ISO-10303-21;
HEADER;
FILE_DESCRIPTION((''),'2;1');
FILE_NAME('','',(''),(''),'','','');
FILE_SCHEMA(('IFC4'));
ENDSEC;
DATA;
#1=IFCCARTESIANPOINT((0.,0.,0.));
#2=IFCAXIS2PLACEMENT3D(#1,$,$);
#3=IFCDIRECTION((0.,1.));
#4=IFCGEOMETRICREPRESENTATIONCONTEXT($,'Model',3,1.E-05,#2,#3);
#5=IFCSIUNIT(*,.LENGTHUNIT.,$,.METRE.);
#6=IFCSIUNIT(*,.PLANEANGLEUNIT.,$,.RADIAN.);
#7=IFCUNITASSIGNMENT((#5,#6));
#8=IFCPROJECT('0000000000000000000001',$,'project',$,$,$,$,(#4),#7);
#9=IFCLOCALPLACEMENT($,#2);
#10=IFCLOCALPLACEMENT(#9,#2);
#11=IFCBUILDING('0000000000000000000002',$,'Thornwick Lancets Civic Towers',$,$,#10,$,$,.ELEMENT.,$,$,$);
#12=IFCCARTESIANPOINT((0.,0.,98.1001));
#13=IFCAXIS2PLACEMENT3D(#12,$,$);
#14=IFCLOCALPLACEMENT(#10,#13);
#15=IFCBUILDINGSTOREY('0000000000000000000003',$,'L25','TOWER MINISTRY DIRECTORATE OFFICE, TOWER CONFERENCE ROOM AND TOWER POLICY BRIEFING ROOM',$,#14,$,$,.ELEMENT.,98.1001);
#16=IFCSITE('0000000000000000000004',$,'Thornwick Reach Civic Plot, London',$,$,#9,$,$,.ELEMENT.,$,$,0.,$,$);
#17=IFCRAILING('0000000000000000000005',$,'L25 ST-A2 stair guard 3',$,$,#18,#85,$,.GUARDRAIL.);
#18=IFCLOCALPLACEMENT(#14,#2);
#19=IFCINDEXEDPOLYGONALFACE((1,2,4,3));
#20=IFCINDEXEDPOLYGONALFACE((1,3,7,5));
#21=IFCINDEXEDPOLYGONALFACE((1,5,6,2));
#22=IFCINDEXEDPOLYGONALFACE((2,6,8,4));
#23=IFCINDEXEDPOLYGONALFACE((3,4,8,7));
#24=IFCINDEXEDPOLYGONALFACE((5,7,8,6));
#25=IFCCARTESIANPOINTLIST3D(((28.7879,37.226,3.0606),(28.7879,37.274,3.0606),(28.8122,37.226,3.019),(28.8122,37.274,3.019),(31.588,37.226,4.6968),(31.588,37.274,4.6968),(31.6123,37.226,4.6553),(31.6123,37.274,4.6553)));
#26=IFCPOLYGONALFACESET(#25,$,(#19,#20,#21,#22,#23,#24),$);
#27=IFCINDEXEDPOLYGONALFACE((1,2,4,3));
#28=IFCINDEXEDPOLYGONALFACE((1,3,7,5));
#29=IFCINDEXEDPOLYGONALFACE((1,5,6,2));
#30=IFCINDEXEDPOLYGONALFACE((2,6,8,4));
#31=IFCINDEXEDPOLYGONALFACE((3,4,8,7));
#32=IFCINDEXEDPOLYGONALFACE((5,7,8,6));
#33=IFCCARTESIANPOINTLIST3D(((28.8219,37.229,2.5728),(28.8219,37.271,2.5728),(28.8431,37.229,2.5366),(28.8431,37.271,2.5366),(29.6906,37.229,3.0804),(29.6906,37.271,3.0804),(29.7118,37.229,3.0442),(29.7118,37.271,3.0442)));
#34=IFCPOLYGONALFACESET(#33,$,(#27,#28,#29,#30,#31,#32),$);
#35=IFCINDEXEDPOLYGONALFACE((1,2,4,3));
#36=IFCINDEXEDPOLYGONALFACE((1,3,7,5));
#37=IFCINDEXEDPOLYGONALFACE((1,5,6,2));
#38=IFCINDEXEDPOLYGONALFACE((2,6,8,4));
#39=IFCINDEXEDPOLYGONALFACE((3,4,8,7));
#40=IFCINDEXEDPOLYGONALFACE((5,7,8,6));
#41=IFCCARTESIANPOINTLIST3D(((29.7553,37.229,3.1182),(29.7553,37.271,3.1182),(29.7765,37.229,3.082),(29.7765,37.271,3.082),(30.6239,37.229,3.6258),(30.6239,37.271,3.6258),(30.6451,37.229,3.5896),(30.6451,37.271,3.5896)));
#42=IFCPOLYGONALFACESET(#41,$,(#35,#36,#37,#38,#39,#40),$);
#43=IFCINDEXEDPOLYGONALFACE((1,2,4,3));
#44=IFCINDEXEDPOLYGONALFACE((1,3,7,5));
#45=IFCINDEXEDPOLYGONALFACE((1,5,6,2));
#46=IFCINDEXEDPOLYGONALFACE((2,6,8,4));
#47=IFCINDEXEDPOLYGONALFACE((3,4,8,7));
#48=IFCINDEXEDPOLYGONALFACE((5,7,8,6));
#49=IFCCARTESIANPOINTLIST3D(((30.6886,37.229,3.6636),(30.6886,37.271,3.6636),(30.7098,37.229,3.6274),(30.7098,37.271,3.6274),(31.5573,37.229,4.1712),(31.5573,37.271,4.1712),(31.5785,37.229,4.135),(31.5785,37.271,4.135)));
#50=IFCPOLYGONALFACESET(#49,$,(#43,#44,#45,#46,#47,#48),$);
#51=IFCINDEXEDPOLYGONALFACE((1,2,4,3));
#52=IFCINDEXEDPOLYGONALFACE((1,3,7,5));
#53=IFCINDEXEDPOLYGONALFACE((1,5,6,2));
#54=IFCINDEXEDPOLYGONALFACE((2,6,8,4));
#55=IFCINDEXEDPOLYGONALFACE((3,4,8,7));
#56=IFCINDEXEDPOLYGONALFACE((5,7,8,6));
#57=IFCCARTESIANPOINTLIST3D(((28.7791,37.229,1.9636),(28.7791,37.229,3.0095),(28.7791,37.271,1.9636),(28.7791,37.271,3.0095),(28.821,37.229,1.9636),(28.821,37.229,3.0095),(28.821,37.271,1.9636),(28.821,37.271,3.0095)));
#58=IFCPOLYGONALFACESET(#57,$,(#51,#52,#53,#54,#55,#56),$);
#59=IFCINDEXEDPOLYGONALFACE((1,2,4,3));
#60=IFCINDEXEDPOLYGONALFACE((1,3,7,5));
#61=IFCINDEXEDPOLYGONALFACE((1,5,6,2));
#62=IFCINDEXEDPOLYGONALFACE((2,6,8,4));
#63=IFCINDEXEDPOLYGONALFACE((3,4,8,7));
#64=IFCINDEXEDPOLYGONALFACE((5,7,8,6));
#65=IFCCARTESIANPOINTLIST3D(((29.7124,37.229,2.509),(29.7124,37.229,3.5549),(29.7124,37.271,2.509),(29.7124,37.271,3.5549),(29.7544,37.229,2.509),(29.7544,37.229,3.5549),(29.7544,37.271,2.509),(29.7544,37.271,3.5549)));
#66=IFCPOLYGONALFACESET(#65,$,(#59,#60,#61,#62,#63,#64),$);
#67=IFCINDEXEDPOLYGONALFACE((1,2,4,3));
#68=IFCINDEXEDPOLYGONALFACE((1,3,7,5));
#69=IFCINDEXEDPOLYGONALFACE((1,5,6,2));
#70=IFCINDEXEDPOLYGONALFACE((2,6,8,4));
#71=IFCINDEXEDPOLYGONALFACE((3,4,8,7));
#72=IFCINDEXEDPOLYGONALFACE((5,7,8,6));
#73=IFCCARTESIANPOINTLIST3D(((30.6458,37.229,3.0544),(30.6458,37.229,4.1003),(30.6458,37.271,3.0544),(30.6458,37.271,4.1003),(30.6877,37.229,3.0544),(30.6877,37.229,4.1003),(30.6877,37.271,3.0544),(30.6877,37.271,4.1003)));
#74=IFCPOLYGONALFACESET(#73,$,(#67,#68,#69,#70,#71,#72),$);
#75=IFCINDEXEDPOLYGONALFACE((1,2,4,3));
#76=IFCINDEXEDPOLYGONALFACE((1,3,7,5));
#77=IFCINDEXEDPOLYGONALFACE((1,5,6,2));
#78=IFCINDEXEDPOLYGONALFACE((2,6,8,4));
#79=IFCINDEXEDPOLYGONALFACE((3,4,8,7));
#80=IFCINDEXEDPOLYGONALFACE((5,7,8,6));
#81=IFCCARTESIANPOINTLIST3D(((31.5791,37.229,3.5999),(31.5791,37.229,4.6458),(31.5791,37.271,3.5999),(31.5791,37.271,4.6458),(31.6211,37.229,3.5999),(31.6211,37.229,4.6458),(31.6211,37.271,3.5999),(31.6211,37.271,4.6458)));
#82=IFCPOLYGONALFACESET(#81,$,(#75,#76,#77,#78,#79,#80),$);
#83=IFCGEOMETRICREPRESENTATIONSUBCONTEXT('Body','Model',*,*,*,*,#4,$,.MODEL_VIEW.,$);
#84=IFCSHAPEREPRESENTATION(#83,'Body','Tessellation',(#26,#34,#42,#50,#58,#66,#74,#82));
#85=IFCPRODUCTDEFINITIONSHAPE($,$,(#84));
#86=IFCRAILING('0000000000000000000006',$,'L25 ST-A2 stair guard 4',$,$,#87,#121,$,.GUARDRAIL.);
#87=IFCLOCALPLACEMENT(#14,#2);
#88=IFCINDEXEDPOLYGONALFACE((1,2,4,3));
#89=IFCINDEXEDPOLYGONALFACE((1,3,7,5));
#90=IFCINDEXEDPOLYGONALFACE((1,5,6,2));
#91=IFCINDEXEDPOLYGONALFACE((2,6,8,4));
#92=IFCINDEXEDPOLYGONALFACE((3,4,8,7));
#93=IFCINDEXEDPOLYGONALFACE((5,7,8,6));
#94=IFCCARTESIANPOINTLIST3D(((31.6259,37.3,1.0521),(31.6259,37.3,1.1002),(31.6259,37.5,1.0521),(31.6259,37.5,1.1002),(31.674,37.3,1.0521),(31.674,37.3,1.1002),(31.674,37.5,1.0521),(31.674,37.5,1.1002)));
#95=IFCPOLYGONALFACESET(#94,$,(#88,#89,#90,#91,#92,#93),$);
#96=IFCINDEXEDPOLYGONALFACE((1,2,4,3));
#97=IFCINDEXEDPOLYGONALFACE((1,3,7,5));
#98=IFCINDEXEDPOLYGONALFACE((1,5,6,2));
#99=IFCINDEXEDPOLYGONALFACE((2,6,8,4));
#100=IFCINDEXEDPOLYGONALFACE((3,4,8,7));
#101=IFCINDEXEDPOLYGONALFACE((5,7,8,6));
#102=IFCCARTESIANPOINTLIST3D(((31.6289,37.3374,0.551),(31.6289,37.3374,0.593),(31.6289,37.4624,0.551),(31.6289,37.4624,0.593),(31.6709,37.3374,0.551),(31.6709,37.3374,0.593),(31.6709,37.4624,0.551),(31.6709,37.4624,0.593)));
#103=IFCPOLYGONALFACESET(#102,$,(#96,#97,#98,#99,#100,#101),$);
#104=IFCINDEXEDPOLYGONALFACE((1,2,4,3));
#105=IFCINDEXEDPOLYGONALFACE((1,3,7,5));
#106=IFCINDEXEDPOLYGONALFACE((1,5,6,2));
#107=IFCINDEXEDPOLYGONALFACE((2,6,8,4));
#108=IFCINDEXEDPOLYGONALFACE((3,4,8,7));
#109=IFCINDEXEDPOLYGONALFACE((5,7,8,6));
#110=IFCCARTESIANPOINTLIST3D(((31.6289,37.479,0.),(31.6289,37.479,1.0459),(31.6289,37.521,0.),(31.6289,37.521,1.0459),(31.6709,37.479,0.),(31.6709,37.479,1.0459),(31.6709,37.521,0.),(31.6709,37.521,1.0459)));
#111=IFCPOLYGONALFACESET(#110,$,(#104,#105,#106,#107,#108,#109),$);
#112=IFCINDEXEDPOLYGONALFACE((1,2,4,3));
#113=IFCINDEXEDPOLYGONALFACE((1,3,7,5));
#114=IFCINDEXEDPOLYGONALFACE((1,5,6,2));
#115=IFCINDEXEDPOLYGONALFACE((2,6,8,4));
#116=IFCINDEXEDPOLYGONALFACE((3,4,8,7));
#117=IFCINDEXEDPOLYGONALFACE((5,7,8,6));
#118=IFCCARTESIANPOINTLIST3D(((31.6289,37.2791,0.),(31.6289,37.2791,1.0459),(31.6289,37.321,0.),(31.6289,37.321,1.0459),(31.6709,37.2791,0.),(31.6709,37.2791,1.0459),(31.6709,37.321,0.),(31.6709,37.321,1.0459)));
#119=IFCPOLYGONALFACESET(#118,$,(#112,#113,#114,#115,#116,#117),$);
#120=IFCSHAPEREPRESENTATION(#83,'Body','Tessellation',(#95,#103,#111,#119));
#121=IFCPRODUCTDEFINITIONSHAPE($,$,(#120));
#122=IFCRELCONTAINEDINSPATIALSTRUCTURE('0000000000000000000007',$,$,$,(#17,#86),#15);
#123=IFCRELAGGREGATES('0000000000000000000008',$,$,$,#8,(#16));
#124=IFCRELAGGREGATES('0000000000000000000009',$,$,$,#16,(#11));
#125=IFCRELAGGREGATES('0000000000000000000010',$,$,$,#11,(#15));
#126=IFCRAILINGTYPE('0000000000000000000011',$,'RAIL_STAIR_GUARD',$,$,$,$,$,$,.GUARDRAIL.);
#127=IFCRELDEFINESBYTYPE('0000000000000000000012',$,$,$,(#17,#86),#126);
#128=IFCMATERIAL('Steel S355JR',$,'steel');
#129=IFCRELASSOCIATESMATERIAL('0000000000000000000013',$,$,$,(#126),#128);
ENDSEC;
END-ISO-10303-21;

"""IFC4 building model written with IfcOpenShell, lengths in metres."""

from ifc_helpers import new_model, si_unit, direction, frame, origin, origin_2d, place, context, subcontext, project, spatial, rectangle, extrude, material, type_object, element, save


model = new_model("IFC4")

# Units and contexts
model_context = context("Model", 3, precision=1e-05, world=origin(), true_north=direction((0.0, 1.0)))
body_context = subcontext(model_context, "Body", "Model", "MODEL_VIEW")
ifc_project = project(units=[si_unit("LENGTHUNIT", "METRE"), si_unit("PLANEANGLEUNIT", "RADIAN")], contexts=[model_context])

# Site, building, storey
site_placement = place(None, origin())
site = spatial("IfcSite", under=ifc_project, at=site_placement, Name="Thornwick Reach Civic Plot, London", CompositionType="ELEMENT", RefElevation=0.0)
building_placement = place(site_placement, origin())
building = spatial("IfcBuilding", under=site, at=building_placement, Name="Thornwick Lancets Civic Towers", CompositionType="ELEMENT")
storey_placement = place(building_placement, frame((0.0, 0.0, 98.1001)))
storey = spatial("IfcBuildingStorey", under=building, at=storey_placement, Name="L25", Description="TOWER MINISTRY DIRECTORATE OFFICE, TOWER CONFERENCE ROOM AND TOWER POLICY BRIEFING ROOM", CompositionType="ELEMENT", Elevation=98.1001)

# Shared definitions
ifc_material_1 = material(Name="Steel S355JR", Category="steel")

# Railings
railing_type_1 = type_object("IfcRailingType", Name="RAIL_STAIR_GUARD", PredefinedType="GUARDRAIL", material=ifc_material_1)
railing_1_placement = place(storey_placement, frame((28.8, 37.25, 1.9636)))
element("IfcRailing", 1, at=railing_1_placement, inside=storey, type_object=railing_type_1, Name="L25 ST-A2 stair guard 3", PredefinedType="GUARDRAIL", context=body_context, shape_type="SweptSolid", body=[
    extrude(rectangle(XDim=0.0481, YDim=0.0481, at=origin_2d()), frame((0.0, 0.0, 1.0762), z_axis=(0.863394, 0.0, 0.504531), x_axis=(0.0, 1.0, 0.0)), (0.0, 0.0, 1.0), 3.2432),
    extrude(rectangle(XDim=0.042, YDim=0.042, at=origin_2d()), frame((0.0325, 0.0, 0.5911), z_axis=(0.863394, 0.0, 0.504531), x_axis=(0.0, 1.0, 0.0)), (0.0, 0.0, 1.0), 1.0061),
    extrude(rectangle(XDim=0.042, YDim=0.042, at=origin_2d()), frame((0.9658, 0.0, 1.1365), z_axis=(0.863394, 0.0, 0.504531), x_axis=(0.0, 1.0, 0.0)), (0.0, 0.0, 1.0), 1.0061),
    extrude(rectangle(XDim=0.042, YDim=0.042, at=origin_2d()), frame((1.8992, 0.0, 1.6819), z_axis=(0.863394, 0.0, 0.504531), x_axis=(0.0, 1.0, 0.0)), (0.0, 0.0, 1.0), 1.0061),
    extrude(rectangle(XDim=0.042, YDim=0.042, at=origin_2d()), origin(), (0.0, 0.0, 1.0), 1.0459),
    extrude(rectangle(XDim=0.042, YDim=0.042, at=origin_2d()), frame((0.9333, 0.0, 0.5454)), (0.0, 0.0, 1.0), 1.0459),
    extrude(rectangle(XDim=0.042, YDim=0.042, at=origin_2d()), frame((1.8667, 0.0, 1.0908)), (0.0, 0.0, 1.0), 1.0459),
    extrude(rectangle(XDim=0.042, YDim=0.042, at=origin_2d()), frame((2.8, 0.0, 1.6362)), (0.0, 0.0, 1.0), 1.0459),
])
railing_2_placement = place(storey_placement, frame((31.6499, 37.5, 0.0)))
element("IfcRailing", 2, at=railing_2_placement, inside=storey, type_object=railing_type_1, Name="L25 ST-A2 stair guard 4", PredefinedType="GUARDRAIL", context=body_context, shape_type="SweptSolid", body=[
    extrude(rectangle(XDim=0.0481, YDim=0.0481, at=origin_2d()), frame((0.0, 0.0, 1.0762), z_axis=(0.0, -1.0, 0.0), x_axis=(1.0, 0.0, 0.0)), (0.0, 0.0, 1.0), 0.2),
    extrude(rectangle(XDim=0.042, YDim=0.042, at=origin_2d()), frame((0.0, -0.0376, 0.572), z_axis=(0.0, -1.0, 0.0), x_axis=(1.0, 0.0, 0.0)), (0.0, 0.0, 1.0), 0.125),
    extrude(rectangle(XDim=0.042, YDim=0.042, at=origin_2d()), origin(), (0.0, 0.0, 1.0), 1.0459),
    extrude(rectangle(XDim=0.042, YDim=0.042, at=origin_2d()), frame((0.0, -0.2, 0.0)), (0.0, 0.0, 1.0), 1.0459),
])

save(model, "model.ifc")
